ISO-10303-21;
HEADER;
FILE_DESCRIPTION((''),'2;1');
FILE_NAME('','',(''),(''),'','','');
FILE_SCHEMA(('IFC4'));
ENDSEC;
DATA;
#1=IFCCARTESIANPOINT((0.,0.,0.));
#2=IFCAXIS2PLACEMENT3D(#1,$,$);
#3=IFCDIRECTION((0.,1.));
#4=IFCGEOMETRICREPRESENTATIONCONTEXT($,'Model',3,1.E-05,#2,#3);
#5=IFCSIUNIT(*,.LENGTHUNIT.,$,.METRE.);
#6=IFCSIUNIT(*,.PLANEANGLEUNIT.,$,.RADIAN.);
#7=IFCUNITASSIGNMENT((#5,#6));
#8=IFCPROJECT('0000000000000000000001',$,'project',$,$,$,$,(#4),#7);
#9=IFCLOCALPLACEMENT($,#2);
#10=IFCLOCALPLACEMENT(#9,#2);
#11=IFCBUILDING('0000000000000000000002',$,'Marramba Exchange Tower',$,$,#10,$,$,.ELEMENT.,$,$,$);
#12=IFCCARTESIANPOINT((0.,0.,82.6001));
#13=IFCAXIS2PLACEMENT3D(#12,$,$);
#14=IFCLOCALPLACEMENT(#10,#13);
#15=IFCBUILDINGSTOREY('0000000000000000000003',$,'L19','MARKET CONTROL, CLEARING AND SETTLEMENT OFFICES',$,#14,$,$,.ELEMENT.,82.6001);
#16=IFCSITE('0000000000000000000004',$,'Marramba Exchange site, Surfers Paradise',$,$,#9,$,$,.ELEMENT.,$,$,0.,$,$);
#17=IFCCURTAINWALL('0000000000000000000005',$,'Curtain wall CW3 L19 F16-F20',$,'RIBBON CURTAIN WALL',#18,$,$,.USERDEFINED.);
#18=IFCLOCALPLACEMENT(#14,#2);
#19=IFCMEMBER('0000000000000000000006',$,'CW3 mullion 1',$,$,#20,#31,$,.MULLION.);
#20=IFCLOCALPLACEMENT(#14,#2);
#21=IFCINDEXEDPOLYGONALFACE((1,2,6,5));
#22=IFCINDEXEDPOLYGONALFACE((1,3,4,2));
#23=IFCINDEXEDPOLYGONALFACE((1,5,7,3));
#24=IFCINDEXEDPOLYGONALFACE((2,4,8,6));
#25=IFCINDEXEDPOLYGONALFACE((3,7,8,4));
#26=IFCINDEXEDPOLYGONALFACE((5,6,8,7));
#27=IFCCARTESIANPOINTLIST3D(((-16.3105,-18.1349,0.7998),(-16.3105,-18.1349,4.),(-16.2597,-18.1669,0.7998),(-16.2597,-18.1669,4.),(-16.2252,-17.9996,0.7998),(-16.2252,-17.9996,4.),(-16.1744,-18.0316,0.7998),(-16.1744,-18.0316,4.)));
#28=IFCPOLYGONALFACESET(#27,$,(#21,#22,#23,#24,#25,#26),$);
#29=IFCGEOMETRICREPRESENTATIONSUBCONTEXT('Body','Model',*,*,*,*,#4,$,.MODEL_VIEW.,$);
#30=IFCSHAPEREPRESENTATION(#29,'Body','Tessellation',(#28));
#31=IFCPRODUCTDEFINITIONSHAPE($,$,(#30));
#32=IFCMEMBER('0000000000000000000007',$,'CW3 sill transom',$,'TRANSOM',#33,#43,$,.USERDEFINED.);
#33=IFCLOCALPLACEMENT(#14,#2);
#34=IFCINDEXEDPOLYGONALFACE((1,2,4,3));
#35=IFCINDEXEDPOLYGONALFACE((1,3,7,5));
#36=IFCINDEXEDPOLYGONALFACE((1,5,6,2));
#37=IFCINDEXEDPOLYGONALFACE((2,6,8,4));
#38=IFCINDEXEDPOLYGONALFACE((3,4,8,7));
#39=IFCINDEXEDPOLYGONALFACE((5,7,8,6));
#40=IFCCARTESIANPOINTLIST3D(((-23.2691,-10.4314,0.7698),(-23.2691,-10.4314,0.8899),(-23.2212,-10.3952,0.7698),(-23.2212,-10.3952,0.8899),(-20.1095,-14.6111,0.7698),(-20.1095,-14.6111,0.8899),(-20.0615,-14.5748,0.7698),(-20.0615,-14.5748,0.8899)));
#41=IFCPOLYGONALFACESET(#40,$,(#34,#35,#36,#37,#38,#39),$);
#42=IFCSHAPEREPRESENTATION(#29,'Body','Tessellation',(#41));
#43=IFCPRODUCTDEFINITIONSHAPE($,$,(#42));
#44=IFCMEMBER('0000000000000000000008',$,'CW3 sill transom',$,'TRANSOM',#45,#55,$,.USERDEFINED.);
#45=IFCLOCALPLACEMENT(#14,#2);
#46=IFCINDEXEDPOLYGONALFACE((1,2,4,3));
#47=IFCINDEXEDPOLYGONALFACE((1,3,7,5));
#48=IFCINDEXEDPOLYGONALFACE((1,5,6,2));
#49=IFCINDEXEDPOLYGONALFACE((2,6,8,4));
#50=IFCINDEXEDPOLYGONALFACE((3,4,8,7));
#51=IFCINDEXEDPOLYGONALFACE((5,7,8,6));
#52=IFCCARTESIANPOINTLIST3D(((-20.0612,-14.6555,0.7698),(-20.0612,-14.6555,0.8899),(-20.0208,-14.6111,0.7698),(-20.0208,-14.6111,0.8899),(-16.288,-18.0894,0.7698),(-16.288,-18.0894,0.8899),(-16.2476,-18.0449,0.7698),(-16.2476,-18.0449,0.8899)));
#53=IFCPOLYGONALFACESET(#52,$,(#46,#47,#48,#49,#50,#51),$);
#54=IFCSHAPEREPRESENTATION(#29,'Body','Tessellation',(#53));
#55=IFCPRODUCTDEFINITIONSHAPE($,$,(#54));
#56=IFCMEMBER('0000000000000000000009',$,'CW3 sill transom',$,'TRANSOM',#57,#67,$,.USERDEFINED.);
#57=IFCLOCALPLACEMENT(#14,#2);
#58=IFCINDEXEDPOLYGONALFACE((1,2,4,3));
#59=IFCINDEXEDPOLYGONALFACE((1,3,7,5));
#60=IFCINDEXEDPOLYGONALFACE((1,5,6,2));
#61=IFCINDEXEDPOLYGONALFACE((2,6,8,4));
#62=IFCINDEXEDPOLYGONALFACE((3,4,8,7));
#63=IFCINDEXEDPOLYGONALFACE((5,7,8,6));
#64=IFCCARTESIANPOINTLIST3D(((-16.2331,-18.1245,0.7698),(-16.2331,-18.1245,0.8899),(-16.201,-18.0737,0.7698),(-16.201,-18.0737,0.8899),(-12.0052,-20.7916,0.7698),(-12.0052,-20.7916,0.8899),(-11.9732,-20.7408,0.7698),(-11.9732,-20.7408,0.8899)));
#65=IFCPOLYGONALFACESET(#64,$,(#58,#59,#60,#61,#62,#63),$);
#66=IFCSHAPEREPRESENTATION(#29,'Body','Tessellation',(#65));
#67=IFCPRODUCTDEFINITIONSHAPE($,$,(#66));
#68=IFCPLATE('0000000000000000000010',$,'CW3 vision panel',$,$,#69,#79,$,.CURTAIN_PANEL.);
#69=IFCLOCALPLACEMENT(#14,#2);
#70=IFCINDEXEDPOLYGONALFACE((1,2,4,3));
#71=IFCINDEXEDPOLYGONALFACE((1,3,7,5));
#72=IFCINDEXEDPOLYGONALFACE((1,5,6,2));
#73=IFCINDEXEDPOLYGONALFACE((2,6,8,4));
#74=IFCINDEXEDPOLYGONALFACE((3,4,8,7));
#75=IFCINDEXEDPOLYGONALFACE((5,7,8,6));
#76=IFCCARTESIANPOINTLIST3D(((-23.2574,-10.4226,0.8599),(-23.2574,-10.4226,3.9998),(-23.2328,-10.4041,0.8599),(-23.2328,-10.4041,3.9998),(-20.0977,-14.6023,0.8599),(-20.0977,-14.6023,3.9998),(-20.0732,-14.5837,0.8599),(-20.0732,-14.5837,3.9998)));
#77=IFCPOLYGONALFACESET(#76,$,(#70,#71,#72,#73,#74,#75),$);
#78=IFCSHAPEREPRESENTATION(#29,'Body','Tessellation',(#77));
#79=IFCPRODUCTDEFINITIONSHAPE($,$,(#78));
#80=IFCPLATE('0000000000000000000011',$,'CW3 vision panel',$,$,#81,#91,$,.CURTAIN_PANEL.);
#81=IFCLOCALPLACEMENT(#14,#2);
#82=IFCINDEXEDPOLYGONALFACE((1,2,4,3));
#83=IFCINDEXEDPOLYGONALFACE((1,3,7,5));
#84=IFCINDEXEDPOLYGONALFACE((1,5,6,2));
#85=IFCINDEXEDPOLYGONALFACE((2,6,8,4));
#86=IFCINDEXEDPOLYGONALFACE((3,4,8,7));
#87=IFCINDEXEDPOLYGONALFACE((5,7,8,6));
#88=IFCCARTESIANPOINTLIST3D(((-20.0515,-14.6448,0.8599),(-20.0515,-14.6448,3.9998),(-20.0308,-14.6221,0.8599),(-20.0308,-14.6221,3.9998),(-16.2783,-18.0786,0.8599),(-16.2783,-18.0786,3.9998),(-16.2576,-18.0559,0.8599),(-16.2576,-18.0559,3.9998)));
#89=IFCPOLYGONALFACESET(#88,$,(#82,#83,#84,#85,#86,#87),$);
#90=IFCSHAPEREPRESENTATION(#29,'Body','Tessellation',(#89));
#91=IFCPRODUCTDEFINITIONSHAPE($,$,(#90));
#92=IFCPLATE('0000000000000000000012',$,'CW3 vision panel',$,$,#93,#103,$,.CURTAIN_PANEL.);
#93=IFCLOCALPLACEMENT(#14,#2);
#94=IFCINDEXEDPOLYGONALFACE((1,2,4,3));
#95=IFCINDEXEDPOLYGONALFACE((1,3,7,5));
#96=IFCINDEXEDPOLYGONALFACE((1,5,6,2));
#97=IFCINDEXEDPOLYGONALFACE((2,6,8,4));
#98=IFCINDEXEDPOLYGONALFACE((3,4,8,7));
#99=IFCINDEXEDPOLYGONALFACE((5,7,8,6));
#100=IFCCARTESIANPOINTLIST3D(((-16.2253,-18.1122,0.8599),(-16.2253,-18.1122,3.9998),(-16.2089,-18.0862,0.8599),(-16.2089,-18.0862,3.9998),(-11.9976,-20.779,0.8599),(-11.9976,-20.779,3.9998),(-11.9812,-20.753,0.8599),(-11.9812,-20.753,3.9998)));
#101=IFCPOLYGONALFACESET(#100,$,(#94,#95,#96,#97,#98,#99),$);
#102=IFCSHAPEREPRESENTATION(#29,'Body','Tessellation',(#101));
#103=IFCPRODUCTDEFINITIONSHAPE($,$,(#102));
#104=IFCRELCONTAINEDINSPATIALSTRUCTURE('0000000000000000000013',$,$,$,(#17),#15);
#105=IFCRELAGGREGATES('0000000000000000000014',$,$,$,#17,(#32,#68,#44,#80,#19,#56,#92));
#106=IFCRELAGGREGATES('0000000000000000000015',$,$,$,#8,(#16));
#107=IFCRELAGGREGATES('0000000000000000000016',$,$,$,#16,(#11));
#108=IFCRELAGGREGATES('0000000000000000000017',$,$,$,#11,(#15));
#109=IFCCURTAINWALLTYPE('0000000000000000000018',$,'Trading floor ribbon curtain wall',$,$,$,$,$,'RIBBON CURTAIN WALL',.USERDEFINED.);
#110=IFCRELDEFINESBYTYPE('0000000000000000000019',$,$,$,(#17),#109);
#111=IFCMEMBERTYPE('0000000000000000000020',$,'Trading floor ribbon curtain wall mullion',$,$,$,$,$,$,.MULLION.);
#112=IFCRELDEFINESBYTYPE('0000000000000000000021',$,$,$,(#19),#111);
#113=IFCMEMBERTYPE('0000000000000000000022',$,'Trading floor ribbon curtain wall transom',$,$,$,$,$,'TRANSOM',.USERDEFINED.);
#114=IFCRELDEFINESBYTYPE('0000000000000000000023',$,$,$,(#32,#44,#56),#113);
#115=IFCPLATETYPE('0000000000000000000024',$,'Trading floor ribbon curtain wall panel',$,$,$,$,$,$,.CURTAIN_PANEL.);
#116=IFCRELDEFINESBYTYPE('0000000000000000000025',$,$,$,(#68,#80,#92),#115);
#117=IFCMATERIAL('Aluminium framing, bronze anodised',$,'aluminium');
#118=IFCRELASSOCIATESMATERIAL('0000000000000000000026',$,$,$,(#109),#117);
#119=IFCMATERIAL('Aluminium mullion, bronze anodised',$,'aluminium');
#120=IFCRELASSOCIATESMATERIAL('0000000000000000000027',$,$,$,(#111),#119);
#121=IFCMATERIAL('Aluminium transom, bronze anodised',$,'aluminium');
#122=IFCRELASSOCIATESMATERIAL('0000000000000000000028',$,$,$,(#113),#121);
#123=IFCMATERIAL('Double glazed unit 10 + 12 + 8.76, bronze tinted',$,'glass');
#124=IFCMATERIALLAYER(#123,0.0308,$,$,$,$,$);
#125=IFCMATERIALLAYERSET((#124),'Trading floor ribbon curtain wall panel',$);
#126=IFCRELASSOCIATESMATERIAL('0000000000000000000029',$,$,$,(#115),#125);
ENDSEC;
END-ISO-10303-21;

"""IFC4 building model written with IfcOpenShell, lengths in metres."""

from ifc_helpers import new_model, si_unit, direction, frame, origin, origin_2d, place, context, subcontext, project, spatial, rectangle, extrude, material, layer, layer_set, material_profile, profile_set, type_object, element, aggregate, save


model = new_model("IFC4")

# Units and contexts
model_context = context("Model", 3, precision=1e-05, world=origin(), true_north=direction((0.0, 1.0)))
body_context = subcontext(model_context, "Body", "Model", "MODEL_VIEW")
ifc_project = project(units=[si_unit("LENGTHUNIT", "METRE"), si_unit("PLANEANGLEUNIT", "RADIAN")], contexts=[model_context])

# Site, building, storey
site_placement = place(None, origin())
site = spatial("IfcSite", under=ifc_project, at=site_placement, Name="Marramba Exchange site, Surfers Paradise", CompositionType="ELEMENT", RefElevation=0.0)
building_placement = place(site_placement, origin())
building = spatial("IfcBuilding", under=site, at=building_placement, Name="Marramba Exchange Tower", CompositionType="ELEMENT")
storey_placement = place(building_placement, frame((0.0, 0.0, 82.6001)))
storey = spatial("IfcBuildingStorey", under=building, at=storey_placement, Name="L19", Description="MARKET CONTROL, CLEARING AND SETTLEMENT OFFICES", CompositionType="ELEMENT", Elevation=82.6001)

# Curtain wall, members, plates
ifc_material_1 = material(Name="Aluminium framing, bronze anodised", Category="aluminium")
curtain_wall_type = type_object("IfcCurtainWallType", Name="Trading floor ribbon curtain wall", ElementType="RIBBON CURTAIN WALL", PredefinedType="USERDEFINED", material=ifc_material_1)
curtain_wall_placement = place(storey_placement, origin())
curtain_wall = element("IfcCurtainWall", 1, at=curtain_wall_placement, inside=storey, type_object=curtain_wall_type, Name="Curtain wall CW3 L19 F16-F20", ObjectType="RIBBON CURTAIN WALL", PredefinedType="USERDEFINED")
ifc_material_2 = material(Name="Aluminium mullion, bronze anodised", Category="aluminium")
ifc_material_profile_1 = material_profile(ifc_material_2, rectangle(XDim=0.1599, YDim=0.0601, at=origin_2d()), Name="CW3 mullion 60x160")
ifc_profile_set_1 = profile_set([ifc_material_profile_1], Name="Aluminium mullion, bronze anodised")
member_type_1 = type_object("IfcMemberType", Name="Trading floor ribbon curtain wall mullion", PredefinedType="MULLION", material=ifc_profile_set_1)
member_1_placement = place(storey_placement, frame((-16.2424, -18.0833, 0.7998), z_axis=(0.0, 0.0, 1.0), x_axis=(0.533515, 0.845791, 0.0)))
member_1 = element("IfcMember", 2, at=member_1_placement, type_object=member_type_1, Name="CW3 mullion 1", PredefinedType="MULLION", context=body_context, shape_type="SweptSolid", body=[
    extrude(rectangle(XDim=0.1599, YDim=0.0601, at=origin_2d()), origin(), (0.0, 0.0, 1.0), 3.2002),
])
ifc_material_3 = material(Name="Aluminium transom, bronze anodised", Category="aluminium")
ifc_material_profile_2 = material_profile(ifc_material_3, rectangle(XDim=0.0601, YDim=0.1201, at=origin_2d()), Name="CW3 transom 60x120")
ifc_profile_set_2 = profile_set([ifc_material_profile_2], Name="Aluminium transom, bronze anodised")
member_type_2 = type_object("IfcMemberType", Name="Trading floor ribbon curtain wall transom", ElementType="TRANSOM", PredefinedType="USERDEFINED", material=ifc_profile_set_2)
member_2_placement = place(storey_placement, frame((-23.2451, -10.4133, 0.8298), z_axis=(0.603037, -0.797713, 0.0), x_axis=(0.797713, 0.603037, 0.0)))
member_2 = element("IfcMember", 3, at=member_2_placement, type_object=member_type_2, Name="CW3 sill transom", ObjectType="TRANSOM", PredefinedType="USERDEFINED", context=body_context, shape_type="SweptSolid", body=[
    extrude(rectangle(XDim=0.0601, YDim=0.1201, at=origin_2d()), origin(), (0.0, 0.0, 1.0), 5.2395),
])
member_3_placement = place(storey_placement, frame((-20.041, -14.6333, 0.8298), z_axis=(0.739583, -0.673066, 0.0), x_axis=(0.673066, 0.739583, 0.0)))
member_3 = element("IfcMember", 4, at=member_3_placement, type_object=member_type_2, Name="CW3 sill transom", ObjectType="TRANSOM", PredefinedType="USERDEFINED", context=body_context, shape_type="SweptSolid", body=[
    extrude(rectangle(XDim=0.0601, YDim=0.1201, at=origin_2d()), origin(), (0.0, 0.0, 1.0), 5.1018),
])
member_4_placement = place(storey_placement, frame((-16.217, -18.0991, 0.8298), z_axis=(0.845777, -0.533537, 0.0), x_axis=(0.533537, 0.845777, 0.0)))
member_4 = element("IfcMember", 5, at=member_4_placement, type_object=member_type_2, Name="CW3 sill transom", ObjectType="TRANSOM", PredefinedType="USERDEFINED", context=body_context, shape_type="SweptSolid", body=[
    extrude(rectangle(XDim=0.0601, YDim=0.1201, at=origin_2d()), origin(), (0.0, 0.0, 1.0), 4.9988),
])
ifc_material_4 = material(Name="Double glazed unit 10 + 12 + 8.76, bronze tinted", Category="glass")
ifc_layer_1 = layer(ifc_material_4, 0.0308)
ifc_layer_set_1 = layer_set([ifc_layer_1], Name="Trading floor ribbon curtain wall panel")
plate_type = type_object("IfcPlateType", Name="Trading floor ribbon curtain wall panel", PredefinedType="CURTAIN_PANEL", material=ifc_layer_set_1)
plate_1_placement = place(storey_placement, frame((-21.6653, -12.5032, 0.8599), z_axis=(0.0, 0.0, 1.0), x_axis=(0.60304, -0.797711, 0.0)))
plate_1 = element("IfcPlate", 6, at=plate_1_placement, type_object=plate_type, Name="CW3 vision panel", PredefinedType="CURTAIN_PANEL", context=body_context, shape_type="SweptSolid", body=[
    extrude(rectangle(XDim=5.2395, YDim=0.0308, at=origin_2d()), origin(), (0.0, 0.0, 1.0), 3.1399),
])
plate_2_placement = place(storey_placement, frame((-18.1545, -16.3503, 0.8599), z_axis=(0.0, 0.0, 1.0), x_axis=(0.73959, -0.673058, 0.0)))
plate_2 = element("IfcPlate", 7, at=plate_2_placement, type_object=plate_type, Name="CW3 vision panel", PredefinedType="CURTAIN_PANEL", context=body_context, shape_type="SweptSolid", body=[
    extrude(rectangle(XDim=5.1018, YDim=0.0308, at=origin_2d()), origin(), (0.0, 0.0, 1.0), 3.1399),
])
plate_3_placement = place(storey_placement, frame((-14.1033, -19.4326, 0.8599), z_axis=(0.0, 0.0, 1.0), x_axis=(0.845791, -0.533515, 0.0)))
plate_3 = element("IfcPlate", 8, at=plate_3_placement, type_object=plate_type, Name="CW3 vision panel", PredefinedType="CURTAIN_PANEL", context=body_context, shape_type="SweptSolid", body=[
    extrude(rectangle(XDim=4.9985, YDim=0.0308, at=origin_2d()), origin(), (0.0, 0.0, 1.0), 3.1399),
])
aggregate(curtain_wall, [member_2, plate_1, member_3, plate_2, member_1, member_4, plate_3])

save(model, "model.ifc")
